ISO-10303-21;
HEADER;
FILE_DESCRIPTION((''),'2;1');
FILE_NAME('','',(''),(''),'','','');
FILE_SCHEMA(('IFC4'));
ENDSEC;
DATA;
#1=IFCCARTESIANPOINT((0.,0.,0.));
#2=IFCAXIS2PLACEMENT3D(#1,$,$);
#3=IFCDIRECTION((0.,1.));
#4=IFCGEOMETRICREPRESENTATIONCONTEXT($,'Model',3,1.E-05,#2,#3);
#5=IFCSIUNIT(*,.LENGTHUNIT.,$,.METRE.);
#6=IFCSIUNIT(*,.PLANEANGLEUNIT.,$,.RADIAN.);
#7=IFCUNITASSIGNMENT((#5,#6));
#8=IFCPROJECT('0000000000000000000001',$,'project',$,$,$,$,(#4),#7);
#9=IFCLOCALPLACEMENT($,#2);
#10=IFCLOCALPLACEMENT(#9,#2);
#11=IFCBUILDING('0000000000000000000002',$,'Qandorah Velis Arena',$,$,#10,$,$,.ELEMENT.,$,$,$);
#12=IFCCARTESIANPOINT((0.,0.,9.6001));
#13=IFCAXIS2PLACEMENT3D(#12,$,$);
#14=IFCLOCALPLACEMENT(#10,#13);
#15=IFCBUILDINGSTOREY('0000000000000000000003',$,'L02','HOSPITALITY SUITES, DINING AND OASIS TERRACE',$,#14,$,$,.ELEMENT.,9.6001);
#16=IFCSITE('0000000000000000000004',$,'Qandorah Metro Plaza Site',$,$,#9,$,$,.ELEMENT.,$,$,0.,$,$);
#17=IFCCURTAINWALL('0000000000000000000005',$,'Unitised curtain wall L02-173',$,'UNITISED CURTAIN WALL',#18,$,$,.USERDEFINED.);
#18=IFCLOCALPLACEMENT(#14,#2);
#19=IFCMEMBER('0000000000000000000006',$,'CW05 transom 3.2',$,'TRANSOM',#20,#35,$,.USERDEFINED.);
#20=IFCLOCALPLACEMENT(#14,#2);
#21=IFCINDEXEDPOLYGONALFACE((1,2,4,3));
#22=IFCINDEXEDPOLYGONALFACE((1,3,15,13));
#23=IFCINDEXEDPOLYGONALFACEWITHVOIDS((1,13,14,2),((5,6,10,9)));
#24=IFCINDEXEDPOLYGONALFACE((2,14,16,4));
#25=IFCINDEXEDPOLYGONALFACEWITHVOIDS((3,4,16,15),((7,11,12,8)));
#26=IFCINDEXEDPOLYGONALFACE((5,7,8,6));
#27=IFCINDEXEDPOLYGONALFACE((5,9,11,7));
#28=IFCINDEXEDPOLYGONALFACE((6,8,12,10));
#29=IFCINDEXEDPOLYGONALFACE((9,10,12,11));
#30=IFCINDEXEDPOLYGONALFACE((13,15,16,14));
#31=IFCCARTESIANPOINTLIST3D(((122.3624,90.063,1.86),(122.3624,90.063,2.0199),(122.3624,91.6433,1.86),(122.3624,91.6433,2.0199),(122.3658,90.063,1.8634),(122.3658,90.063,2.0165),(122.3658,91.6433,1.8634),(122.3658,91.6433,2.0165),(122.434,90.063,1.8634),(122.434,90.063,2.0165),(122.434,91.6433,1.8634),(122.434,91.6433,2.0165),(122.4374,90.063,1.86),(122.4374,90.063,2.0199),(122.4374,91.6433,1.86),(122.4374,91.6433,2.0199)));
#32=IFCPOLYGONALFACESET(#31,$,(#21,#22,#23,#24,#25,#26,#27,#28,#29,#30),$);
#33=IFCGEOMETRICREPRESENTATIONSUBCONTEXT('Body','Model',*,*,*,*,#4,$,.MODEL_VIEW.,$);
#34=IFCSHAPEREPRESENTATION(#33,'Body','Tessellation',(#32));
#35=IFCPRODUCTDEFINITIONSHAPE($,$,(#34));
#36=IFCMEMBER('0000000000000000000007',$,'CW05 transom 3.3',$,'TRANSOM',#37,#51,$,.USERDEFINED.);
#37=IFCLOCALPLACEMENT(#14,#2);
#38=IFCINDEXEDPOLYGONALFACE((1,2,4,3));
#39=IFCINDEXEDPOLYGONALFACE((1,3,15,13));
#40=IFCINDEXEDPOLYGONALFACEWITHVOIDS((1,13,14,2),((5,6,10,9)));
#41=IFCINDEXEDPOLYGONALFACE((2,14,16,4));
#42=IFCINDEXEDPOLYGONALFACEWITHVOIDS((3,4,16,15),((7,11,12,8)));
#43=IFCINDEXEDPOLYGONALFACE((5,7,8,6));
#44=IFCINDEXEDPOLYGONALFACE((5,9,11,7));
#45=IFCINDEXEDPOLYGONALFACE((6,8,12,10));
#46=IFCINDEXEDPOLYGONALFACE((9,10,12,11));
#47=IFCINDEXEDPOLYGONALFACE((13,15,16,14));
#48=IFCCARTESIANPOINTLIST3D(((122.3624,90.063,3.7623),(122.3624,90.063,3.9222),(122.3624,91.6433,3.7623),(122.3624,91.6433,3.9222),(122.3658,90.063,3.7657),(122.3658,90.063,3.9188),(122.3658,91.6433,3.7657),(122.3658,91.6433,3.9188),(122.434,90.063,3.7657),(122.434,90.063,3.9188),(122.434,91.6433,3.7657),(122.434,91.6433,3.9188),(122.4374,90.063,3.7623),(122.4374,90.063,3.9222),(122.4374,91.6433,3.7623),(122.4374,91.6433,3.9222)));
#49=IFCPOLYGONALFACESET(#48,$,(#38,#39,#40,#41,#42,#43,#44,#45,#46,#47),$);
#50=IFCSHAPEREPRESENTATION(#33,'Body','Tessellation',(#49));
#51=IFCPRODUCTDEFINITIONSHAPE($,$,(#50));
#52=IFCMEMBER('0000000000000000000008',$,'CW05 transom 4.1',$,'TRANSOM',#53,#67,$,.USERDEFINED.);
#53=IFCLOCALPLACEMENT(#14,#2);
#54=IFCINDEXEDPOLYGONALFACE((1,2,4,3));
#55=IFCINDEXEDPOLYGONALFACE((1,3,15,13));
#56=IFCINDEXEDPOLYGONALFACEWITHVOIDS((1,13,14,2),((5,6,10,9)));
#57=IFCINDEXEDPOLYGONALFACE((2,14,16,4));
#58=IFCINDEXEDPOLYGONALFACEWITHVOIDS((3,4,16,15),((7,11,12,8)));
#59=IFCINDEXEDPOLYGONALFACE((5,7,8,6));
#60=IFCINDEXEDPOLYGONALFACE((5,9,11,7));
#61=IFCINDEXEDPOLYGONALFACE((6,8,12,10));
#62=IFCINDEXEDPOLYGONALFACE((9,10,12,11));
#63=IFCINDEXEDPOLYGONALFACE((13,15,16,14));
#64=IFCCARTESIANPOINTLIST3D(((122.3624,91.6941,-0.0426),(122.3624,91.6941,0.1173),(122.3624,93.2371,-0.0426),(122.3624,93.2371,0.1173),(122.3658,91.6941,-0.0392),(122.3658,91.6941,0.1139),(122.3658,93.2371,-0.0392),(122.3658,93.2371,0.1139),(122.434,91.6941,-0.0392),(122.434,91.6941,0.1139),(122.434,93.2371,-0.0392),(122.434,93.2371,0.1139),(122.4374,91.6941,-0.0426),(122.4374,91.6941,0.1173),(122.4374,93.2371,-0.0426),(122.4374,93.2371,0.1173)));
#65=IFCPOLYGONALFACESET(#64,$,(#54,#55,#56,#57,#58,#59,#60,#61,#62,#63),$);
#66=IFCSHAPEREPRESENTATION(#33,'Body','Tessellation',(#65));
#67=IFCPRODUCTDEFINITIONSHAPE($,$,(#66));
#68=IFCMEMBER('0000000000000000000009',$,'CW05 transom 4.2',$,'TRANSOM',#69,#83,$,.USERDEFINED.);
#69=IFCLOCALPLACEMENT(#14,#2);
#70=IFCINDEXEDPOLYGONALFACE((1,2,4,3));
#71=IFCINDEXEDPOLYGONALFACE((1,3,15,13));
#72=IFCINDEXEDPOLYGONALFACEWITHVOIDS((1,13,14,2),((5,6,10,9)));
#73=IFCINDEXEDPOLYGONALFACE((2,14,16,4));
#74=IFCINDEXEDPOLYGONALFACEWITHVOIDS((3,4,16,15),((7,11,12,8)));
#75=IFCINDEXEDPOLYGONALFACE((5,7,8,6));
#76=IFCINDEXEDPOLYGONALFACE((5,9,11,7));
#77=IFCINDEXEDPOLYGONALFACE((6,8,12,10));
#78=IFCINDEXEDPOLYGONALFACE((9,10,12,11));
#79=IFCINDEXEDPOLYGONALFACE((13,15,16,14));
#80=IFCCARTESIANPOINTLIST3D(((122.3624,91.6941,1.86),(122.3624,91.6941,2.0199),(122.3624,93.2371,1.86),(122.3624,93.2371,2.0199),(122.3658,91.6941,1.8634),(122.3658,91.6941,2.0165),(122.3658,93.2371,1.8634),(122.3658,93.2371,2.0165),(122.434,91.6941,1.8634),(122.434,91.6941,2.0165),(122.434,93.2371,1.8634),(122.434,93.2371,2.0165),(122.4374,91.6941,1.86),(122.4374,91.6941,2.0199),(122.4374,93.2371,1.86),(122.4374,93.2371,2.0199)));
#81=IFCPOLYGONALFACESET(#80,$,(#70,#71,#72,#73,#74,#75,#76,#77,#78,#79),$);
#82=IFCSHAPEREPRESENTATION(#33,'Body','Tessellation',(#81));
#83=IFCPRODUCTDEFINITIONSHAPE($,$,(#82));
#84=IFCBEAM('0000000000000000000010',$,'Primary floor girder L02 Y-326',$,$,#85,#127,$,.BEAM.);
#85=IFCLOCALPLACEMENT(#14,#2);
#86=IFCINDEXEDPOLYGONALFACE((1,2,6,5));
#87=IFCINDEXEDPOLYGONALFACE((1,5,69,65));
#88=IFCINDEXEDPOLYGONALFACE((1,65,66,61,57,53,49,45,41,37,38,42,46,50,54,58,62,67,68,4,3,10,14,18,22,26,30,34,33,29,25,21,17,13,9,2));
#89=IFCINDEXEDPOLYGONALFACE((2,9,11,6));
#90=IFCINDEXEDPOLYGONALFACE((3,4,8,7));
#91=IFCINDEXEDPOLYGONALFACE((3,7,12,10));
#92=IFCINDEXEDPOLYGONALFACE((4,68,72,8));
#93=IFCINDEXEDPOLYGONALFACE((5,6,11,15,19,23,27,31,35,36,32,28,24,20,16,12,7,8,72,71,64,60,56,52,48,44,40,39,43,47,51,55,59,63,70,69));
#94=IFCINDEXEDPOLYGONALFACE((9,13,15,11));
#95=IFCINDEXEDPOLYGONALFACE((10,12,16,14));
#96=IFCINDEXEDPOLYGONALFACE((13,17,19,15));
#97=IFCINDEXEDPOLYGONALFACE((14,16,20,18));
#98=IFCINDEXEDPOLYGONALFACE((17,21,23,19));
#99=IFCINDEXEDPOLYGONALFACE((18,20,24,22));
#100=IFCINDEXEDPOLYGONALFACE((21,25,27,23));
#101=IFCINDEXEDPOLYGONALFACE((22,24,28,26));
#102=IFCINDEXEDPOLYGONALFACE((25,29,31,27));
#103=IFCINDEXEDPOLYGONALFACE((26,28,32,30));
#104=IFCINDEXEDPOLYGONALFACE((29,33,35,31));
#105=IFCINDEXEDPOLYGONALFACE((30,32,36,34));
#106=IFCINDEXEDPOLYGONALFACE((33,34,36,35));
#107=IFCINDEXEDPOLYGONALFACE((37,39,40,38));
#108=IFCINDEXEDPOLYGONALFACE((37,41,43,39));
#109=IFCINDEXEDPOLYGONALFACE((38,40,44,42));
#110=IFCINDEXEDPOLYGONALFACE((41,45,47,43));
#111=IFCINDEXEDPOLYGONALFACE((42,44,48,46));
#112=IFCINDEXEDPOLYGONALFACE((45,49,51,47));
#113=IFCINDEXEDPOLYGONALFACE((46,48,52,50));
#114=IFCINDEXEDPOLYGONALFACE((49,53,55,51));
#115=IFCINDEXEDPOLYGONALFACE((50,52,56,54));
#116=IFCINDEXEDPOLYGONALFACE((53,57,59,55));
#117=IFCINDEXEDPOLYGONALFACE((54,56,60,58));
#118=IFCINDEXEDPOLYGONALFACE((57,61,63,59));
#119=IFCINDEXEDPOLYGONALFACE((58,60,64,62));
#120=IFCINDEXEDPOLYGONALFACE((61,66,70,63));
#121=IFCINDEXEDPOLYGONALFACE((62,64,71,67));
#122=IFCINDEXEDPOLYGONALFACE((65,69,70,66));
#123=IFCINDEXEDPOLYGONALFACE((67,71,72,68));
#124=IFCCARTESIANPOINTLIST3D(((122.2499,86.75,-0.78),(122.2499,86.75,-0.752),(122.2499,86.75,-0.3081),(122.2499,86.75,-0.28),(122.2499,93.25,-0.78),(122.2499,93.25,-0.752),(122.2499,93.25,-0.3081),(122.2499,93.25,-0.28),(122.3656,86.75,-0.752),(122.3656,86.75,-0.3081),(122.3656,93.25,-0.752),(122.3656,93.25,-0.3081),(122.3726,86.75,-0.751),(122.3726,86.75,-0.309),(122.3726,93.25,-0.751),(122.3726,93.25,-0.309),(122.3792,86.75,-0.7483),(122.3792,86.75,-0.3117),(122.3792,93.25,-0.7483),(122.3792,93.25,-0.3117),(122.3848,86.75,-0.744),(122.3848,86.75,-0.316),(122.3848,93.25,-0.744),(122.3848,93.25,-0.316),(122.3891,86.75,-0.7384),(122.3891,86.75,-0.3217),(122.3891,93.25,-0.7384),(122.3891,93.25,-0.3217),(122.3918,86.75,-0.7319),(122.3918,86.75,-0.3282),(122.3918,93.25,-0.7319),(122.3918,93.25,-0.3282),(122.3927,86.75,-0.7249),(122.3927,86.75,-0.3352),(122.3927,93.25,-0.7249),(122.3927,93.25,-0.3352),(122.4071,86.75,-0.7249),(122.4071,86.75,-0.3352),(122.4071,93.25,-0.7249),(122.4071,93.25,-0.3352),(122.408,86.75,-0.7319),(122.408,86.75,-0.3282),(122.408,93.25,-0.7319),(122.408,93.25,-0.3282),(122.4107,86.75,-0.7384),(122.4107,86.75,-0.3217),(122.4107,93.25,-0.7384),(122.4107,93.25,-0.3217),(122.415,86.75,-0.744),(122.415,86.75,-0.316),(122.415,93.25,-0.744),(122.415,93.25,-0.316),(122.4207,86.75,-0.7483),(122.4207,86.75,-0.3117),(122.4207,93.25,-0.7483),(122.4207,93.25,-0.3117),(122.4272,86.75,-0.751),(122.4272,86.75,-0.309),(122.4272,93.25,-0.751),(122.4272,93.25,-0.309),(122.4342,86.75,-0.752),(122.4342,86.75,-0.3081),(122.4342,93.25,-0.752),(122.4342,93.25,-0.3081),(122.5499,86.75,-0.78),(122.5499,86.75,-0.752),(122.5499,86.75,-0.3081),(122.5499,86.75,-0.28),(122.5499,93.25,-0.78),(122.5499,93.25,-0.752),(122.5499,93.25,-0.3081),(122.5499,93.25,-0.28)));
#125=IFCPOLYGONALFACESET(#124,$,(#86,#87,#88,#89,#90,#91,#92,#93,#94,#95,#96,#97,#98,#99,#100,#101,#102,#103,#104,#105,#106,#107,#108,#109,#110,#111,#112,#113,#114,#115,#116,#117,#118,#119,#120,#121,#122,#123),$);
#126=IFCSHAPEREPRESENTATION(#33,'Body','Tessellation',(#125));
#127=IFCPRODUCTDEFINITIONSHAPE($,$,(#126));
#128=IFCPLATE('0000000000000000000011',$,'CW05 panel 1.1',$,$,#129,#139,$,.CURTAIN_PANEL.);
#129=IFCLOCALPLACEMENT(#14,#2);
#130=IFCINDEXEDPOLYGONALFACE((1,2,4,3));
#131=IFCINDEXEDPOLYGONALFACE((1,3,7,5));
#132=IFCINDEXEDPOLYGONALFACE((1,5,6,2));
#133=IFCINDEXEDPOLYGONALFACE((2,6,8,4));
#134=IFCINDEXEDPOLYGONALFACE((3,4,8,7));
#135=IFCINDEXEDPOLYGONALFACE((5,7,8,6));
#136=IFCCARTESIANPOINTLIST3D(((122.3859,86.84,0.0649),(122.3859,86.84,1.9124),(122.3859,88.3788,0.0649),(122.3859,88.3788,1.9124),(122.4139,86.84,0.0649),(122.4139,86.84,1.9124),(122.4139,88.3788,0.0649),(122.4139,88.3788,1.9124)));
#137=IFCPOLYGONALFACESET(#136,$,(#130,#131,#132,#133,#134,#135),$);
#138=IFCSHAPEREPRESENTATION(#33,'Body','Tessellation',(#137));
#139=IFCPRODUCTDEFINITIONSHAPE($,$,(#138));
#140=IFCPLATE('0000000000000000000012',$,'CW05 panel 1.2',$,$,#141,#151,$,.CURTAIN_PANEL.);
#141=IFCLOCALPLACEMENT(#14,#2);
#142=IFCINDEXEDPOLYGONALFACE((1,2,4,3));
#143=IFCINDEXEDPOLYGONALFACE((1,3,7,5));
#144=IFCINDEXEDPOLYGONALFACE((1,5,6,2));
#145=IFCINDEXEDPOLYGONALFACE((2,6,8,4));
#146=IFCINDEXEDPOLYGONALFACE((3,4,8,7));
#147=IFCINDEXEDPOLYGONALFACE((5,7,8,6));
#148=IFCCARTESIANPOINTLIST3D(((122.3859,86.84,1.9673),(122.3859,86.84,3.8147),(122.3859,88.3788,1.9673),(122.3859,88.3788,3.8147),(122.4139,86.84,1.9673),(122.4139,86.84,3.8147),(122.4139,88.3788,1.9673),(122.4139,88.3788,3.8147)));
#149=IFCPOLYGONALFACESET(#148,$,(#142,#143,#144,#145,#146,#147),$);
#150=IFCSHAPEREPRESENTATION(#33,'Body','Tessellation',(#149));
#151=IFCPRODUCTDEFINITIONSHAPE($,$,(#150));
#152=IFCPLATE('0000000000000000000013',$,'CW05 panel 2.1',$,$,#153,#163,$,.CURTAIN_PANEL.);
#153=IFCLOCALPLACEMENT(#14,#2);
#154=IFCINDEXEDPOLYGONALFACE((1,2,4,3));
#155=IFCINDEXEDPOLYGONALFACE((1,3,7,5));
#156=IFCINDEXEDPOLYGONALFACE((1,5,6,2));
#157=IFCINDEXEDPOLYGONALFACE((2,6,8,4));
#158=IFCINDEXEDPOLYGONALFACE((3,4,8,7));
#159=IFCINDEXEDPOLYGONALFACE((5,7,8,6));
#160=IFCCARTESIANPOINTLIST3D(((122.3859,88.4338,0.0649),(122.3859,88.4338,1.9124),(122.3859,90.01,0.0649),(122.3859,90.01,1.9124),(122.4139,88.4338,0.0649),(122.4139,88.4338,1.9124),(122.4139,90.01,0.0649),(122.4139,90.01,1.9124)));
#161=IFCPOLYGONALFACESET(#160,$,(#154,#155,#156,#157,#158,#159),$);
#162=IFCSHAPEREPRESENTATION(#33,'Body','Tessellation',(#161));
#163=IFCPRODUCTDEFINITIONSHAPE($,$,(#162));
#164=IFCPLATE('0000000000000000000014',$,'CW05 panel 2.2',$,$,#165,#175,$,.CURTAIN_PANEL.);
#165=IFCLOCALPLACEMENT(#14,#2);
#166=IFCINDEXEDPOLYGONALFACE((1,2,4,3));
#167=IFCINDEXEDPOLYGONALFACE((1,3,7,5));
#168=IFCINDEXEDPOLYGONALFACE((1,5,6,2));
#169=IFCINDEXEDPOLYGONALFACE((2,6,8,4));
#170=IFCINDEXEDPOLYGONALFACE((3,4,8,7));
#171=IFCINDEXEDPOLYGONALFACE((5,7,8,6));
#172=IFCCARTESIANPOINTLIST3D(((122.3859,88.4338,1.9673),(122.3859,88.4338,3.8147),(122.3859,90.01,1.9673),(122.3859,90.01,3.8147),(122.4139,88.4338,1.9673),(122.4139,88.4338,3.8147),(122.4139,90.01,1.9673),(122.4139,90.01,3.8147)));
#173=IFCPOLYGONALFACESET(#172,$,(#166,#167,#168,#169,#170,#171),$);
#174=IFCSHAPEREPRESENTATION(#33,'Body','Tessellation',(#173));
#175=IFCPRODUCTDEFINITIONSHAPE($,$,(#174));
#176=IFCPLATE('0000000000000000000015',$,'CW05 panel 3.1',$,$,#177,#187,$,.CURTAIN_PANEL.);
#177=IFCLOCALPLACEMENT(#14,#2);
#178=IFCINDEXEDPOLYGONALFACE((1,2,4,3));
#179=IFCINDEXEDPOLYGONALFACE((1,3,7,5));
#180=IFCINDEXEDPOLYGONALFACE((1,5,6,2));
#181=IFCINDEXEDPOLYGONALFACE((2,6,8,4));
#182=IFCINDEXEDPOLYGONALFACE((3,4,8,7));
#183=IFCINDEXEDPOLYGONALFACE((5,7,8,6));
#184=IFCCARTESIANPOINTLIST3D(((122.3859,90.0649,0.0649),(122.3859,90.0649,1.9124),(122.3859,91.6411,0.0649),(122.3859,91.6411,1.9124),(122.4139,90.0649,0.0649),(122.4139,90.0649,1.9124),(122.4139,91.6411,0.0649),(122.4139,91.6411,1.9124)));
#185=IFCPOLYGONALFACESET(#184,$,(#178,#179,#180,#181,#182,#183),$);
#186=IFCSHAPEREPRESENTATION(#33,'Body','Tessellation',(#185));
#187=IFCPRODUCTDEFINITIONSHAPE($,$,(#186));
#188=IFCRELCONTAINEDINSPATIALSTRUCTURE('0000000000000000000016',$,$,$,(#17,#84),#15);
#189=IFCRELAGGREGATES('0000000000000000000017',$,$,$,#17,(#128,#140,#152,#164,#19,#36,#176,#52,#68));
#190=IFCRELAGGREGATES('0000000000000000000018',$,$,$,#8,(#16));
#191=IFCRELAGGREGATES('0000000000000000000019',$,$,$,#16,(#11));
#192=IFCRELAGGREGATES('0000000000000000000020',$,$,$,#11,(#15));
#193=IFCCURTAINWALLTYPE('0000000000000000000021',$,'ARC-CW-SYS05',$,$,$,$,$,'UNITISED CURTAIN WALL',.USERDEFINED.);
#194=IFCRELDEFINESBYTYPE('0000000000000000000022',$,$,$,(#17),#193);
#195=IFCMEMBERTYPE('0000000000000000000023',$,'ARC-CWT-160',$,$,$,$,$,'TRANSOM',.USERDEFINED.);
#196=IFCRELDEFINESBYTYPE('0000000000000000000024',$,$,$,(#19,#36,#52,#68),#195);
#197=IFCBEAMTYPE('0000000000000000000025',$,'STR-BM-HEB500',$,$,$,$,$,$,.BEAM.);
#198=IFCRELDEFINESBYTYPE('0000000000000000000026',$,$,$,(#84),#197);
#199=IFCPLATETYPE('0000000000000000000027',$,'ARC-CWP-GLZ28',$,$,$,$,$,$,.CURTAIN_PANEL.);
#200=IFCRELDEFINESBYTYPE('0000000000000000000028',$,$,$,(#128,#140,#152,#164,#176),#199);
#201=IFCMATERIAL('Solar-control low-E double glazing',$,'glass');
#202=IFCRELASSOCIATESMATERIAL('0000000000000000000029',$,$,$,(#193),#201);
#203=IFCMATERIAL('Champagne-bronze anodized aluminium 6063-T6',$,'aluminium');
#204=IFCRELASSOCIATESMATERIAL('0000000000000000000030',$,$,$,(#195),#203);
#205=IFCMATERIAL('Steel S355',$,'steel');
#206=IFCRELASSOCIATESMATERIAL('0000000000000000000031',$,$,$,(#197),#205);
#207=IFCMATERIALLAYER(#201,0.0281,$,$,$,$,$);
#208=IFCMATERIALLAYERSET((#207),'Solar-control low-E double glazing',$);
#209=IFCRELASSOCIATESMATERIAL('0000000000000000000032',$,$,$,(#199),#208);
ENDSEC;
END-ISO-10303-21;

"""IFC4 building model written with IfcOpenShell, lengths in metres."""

from ifc_helpers import new_model, si_unit, direction, frame, origin, origin_2d, place, context, subcontext, project, spatial, rectangle, hollow_rectangle, i_section, extrude, material, layer, layer_set, material_profile, profile_set, type_object, element, aggregate, save


model = new_model("IFC4")

# Units and contexts
model_context = context("Model", 3, precision=1e-05, world=origin(), true_north=direction((0.0, 1.0)))
body_context = subcontext(model_context, "Body", "Model", "MODEL_VIEW")
ifc_project = project(units=[si_unit("LENGTHUNIT", "METRE"), si_unit("PLANEANGLEUNIT", "RADIAN")], contexts=[model_context])

# Site, building, storey
site_placement = place(None, origin())
site = spatial("IfcSite", under=ifc_project, at=site_placement, Name="Qandorah Metro Plaza Site", CompositionType="ELEMENT", RefElevation=0.0)
building_placement = place(site_placement, origin())
building = spatial("IfcBuilding", under=site, at=building_placement, Name="Qandorah Velis Arena", CompositionType="ELEMENT")
storey_placement = place(building_placement, frame((0.0, 0.0, 9.6001)))
storey = spatial("IfcBuildingStorey", under=building, at=storey_placement, Name="L02", Description="HOSPITALITY SUITES, DINING AND OASIS TERRACE", CompositionType="ELEMENT", Elevation=9.6001)

# Curtain wall
ifc_material_1 = material(Name="Solar-control low-E double glazing", Category="glass")
ifc_material_2 = material(Name="Champagne-bronze anodized aluminium 6063-T6", Category="aluminium")
curtain_wall_type_1 = type_object("IfcCurtainWallType", Name="ARC-CW-SYS05", ElementType="UNITISED CURTAIN WALL", PredefinedType="USERDEFINED", material=ifc_material_1)
curtain_wall_1_placement = place(storey_placement, origin())
curtain_wall_1 = element("IfcCurtainWall", 1, at=curtain_wall_1_placement, inside=storey, type_object=curtain_wall_type_1, Name="Unitised curtain wall L02-173", ObjectType="UNITISED CURTAIN WALL", PredefinedType="USERDEFINED")

# Members
ifc_material_profile_1 = material_profile(ifc_material_2, hollow_rectangle(XDim=0.075, YDim=0.1599, WallThickness=0.0034, at=origin_2d()), Name="ALU TRANSOM 75x160")
ifc_profile_set_1 = profile_set([ifc_material_profile_1], Name="Champagne-bronze anodized aluminium 6063-T6")
member_type_1 = type_object("IfcMemberType", Name="ARC-CWT-160", ElementType="TRANSOM", PredefinedType="USERDEFINED", material=ifc_profile_set_1)
member_1_placement = place(storey_placement, frame((122.3999, 90.063, 1.9399), z_axis=(0.0, 1.0, 0.0), x_axis=(-1.0, 0.0, 0.0)))
member_1 = element("IfcMember", 2, at=member_1_placement, type_object=member_type_1, Name="CW05 transom 3.2", ObjectType="TRANSOM", PredefinedType="USERDEFINED", context=body_context, shape_type="SweptSolid", body=[
    extrude(hollow_rectangle(XDim=0.075, YDim=0.1599, WallThickness=0.0034, at=origin_2d()), origin(), (0.0, 0.0, 1.0), 1.5803),
])
member_2_placement = place(storey_placement, frame((122.3999, 90.063, 3.8423), z_axis=(0.0, 1.0, 0.0), x_axis=(-1.0, 0.0, 0.0)))
member_2 = element("IfcMember", 3, at=member_2_placement, type_object=member_type_1, Name="CW05 transom 3.3", ObjectType="TRANSOM", PredefinedType="USERDEFINED", context=body_context, shape_type="SweptSolid", body=[
    extrude(hollow_rectangle(XDim=0.075, YDim=0.1599, WallThickness=0.0034, at=origin_2d()), origin(), (0.0, 0.0, 1.0), 1.5803),
])
member_3_placement = place(storey_placement, frame((122.3999, 91.6941, 0.0374), z_axis=(0.0, 1.0, 0.0), x_axis=(-1.0, 0.0, 0.0)))
member_3 = element("IfcMember", 4, at=member_3_placement, type_object=member_type_1, Name="CW05 transom 4.1", ObjectType="TRANSOM", PredefinedType="USERDEFINED", context=body_context, shape_type="SweptSolid", body=[
    extrude(hollow_rectangle(XDim=0.075, YDim=0.1599, WallThickness=0.0034, at=origin_2d()), origin(), (0.0, 0.0, 1.0), 1.543),
])
member_4_placement = place(storey_placement, frame((122.3999, 91.6941, 1.9399), z_axis=(0.0, 1.0, 0.0), x_axis=(-1.0, 0.0, 0.0)))
member_4 = element("IfcMember", 5, at=member_4_placement, type_object=member_type_1, Name="CW05 transom 4.2", ObjectType="TRANSOM", PredefinedType="USERDEFINED", context=body_context, shape_type="SweptSolid", body=[
    extrude(hollow_rectangle(XDim=0.075, YDim=0.1599, WallThickness=0.0034, at=origin_2d()), origin(), (0.0, 0.0, 1.0), 1.543),
])

# Beam
ifc_material_3 = material(Name="Steel S355", Category="steel")
ifc_material_profile_2 = material_profile(ifc_material_3, i_section(OverallWidth=0.3, OverallDepth=0.5, WebThickness=0.0144, FlangeThickness=0.0281, FilletRadius=0.0271, at=origin_2d()), Name="HEB 500")
ifc_profile_set_2 = profile_set([ifc_material_profile_2], Name="Steel S355")
beam_type = type_object("IfcBeamType", Name="STR-BM-HEB500", PredefinedType="BEAM", material=ifc_profile_set_2)
beam_placement = place(storey_placement, frame((122.3999, 86.75, -0.53), z_axis=(0.0, 1.0, 0.0), x_axis=(-1.0, 0.0, 0.0)))
element("IfcBeam", 6, at=beam_placement, inside=storey, type_object=beam_type, Name="Primary floor girder L02 Y-326", PredefinedType="BEAM", context=body_context, shape_type="SweptSolid", body=[
    extrude(i_section(OverallWidth=0.3, OverallDepth=0.5, WebThickness=0.0144, FlangeThickness=0.0281, FilletRadius=0.0271, at=origin_2d()), origin(), (0.0, 0.0, 1.0), 6.5),
])

# Plates
ifc_layer_1 = layer(ifc_material_1, 0.0281)
ifc_layer_set_1 = layer_set([ifc_layer_1], Name="Solar-control low-E double glazing")
plate_type_1 = type_object("IfcPlateType", Name="ARC-CWP-GLZ28", PredefinedType="CURTAIN_PANEL", material=ifc_layer_set_1)
plate_1_placement = place(storey_placement, frame((122.3999, 87.6094, 0.0649), z_axis=(0.0, 0.0, 1.0), x_axis=(0.0, 1.0, 0.0)))
plate_1 = element("IfcPlate", 7, at=plate_1_placement, type_object=plate_type_1, Name="CW05 panel 1.1", PredefinedType="CURTAIN_PANEL", context=body_context, shape_type="SweptSolid", body=[
    extrude(rectangle(XDim=1.5388, YDim=0.0281, at=origin_2d()), origin(), (0.0, 0.0, 1.0), 1.8474),
])
plate_2_placement = place(storey_placement, frame((122.3999, 87.6094, 1.9673), z_axis=(0.0, 0.0, 1.0), x_axis=(0.0, 1.0, 0.0)))
plate_2 = element("IfcPlate", 8, at=plate_2_placement, type_object=plate_type_1, Name="CW05 panel 1.2", PredefinedType="CURTAIN_PANEL", context=body_context, shape_type="SweptSolid", body=[
    extrude(rectangle(XDim=1.5388, YDim=0.0281, at=origin_2d()), origin(), (0.0, 0.0, 1.0), 1.8474),
])
plate_3_placement = place(storey_placement, frame((122.3999, 89.2219, 0.0649), z_axis=(0.0, 0.0, 1.0), x_axis=(0.0, 1.0, 0.0)))
plate_3 = element("IfcPlate", 9, at=plate_3_placement, type_object=plate_type_1, Name="CW05 panel 2.1", PredefinedType="CURTAIN_PANEL", context=body_context, shape_type="SweptSolid", body=[
    extrude(rectangle(XDim=1.5762, YDim=0.0281, at=origin_2d()), origin(), (0.0, 0.0, 1.0), 1.8474),
])
plate_4_placement = place(storey_placement, frame((122.3999, 89.2219, 1.9673), z_axis=(0.0, 0.0, 1.0), x_axis=(0.0, 1.0, 0.0)))
plate_4 = element("IfcPlate", 10, at=plate_4_placement, type_object=plate_type_1, Name="CW05 panel 2.2", PredefinedType="CURTAIN_PANEL", context=body_context, shape_type="SweptSolid", body=[
    extrude(rectangle(XDim=1.5762, YDim=0.0281, at=origin_2d()), origin(), (0.0, 0.0, 1.0), 1.8474),
])
plate_5_placement = place(storey_placement, frame((122.3999, 90.853, 0.0649), z_axis=(0.0, 0.0, 1.0), x_axis=(0.0, 1.0, 0.0)))
plate_5 = element("IfcPlate", 11, at=plate_5_placement, type_object=plate_type_1, Name="CW05 panel 3.1", PredefinedType="CURTAIN_PANEL", context=body_context, shape_type="SweptSolid", body=[
    extrude(rectangle(XDim=1.5762, YDim=0.0281, at=origin_2d()), origin(), (0.0, 0.0, 1.0), 1.8474),
])
aggregate(curtain_wall_1, [plate_1, plate_2, plate_3, plate_4, member_1, member_2, plate_5, member_3, member_4])

save(model, "model.ifc")
